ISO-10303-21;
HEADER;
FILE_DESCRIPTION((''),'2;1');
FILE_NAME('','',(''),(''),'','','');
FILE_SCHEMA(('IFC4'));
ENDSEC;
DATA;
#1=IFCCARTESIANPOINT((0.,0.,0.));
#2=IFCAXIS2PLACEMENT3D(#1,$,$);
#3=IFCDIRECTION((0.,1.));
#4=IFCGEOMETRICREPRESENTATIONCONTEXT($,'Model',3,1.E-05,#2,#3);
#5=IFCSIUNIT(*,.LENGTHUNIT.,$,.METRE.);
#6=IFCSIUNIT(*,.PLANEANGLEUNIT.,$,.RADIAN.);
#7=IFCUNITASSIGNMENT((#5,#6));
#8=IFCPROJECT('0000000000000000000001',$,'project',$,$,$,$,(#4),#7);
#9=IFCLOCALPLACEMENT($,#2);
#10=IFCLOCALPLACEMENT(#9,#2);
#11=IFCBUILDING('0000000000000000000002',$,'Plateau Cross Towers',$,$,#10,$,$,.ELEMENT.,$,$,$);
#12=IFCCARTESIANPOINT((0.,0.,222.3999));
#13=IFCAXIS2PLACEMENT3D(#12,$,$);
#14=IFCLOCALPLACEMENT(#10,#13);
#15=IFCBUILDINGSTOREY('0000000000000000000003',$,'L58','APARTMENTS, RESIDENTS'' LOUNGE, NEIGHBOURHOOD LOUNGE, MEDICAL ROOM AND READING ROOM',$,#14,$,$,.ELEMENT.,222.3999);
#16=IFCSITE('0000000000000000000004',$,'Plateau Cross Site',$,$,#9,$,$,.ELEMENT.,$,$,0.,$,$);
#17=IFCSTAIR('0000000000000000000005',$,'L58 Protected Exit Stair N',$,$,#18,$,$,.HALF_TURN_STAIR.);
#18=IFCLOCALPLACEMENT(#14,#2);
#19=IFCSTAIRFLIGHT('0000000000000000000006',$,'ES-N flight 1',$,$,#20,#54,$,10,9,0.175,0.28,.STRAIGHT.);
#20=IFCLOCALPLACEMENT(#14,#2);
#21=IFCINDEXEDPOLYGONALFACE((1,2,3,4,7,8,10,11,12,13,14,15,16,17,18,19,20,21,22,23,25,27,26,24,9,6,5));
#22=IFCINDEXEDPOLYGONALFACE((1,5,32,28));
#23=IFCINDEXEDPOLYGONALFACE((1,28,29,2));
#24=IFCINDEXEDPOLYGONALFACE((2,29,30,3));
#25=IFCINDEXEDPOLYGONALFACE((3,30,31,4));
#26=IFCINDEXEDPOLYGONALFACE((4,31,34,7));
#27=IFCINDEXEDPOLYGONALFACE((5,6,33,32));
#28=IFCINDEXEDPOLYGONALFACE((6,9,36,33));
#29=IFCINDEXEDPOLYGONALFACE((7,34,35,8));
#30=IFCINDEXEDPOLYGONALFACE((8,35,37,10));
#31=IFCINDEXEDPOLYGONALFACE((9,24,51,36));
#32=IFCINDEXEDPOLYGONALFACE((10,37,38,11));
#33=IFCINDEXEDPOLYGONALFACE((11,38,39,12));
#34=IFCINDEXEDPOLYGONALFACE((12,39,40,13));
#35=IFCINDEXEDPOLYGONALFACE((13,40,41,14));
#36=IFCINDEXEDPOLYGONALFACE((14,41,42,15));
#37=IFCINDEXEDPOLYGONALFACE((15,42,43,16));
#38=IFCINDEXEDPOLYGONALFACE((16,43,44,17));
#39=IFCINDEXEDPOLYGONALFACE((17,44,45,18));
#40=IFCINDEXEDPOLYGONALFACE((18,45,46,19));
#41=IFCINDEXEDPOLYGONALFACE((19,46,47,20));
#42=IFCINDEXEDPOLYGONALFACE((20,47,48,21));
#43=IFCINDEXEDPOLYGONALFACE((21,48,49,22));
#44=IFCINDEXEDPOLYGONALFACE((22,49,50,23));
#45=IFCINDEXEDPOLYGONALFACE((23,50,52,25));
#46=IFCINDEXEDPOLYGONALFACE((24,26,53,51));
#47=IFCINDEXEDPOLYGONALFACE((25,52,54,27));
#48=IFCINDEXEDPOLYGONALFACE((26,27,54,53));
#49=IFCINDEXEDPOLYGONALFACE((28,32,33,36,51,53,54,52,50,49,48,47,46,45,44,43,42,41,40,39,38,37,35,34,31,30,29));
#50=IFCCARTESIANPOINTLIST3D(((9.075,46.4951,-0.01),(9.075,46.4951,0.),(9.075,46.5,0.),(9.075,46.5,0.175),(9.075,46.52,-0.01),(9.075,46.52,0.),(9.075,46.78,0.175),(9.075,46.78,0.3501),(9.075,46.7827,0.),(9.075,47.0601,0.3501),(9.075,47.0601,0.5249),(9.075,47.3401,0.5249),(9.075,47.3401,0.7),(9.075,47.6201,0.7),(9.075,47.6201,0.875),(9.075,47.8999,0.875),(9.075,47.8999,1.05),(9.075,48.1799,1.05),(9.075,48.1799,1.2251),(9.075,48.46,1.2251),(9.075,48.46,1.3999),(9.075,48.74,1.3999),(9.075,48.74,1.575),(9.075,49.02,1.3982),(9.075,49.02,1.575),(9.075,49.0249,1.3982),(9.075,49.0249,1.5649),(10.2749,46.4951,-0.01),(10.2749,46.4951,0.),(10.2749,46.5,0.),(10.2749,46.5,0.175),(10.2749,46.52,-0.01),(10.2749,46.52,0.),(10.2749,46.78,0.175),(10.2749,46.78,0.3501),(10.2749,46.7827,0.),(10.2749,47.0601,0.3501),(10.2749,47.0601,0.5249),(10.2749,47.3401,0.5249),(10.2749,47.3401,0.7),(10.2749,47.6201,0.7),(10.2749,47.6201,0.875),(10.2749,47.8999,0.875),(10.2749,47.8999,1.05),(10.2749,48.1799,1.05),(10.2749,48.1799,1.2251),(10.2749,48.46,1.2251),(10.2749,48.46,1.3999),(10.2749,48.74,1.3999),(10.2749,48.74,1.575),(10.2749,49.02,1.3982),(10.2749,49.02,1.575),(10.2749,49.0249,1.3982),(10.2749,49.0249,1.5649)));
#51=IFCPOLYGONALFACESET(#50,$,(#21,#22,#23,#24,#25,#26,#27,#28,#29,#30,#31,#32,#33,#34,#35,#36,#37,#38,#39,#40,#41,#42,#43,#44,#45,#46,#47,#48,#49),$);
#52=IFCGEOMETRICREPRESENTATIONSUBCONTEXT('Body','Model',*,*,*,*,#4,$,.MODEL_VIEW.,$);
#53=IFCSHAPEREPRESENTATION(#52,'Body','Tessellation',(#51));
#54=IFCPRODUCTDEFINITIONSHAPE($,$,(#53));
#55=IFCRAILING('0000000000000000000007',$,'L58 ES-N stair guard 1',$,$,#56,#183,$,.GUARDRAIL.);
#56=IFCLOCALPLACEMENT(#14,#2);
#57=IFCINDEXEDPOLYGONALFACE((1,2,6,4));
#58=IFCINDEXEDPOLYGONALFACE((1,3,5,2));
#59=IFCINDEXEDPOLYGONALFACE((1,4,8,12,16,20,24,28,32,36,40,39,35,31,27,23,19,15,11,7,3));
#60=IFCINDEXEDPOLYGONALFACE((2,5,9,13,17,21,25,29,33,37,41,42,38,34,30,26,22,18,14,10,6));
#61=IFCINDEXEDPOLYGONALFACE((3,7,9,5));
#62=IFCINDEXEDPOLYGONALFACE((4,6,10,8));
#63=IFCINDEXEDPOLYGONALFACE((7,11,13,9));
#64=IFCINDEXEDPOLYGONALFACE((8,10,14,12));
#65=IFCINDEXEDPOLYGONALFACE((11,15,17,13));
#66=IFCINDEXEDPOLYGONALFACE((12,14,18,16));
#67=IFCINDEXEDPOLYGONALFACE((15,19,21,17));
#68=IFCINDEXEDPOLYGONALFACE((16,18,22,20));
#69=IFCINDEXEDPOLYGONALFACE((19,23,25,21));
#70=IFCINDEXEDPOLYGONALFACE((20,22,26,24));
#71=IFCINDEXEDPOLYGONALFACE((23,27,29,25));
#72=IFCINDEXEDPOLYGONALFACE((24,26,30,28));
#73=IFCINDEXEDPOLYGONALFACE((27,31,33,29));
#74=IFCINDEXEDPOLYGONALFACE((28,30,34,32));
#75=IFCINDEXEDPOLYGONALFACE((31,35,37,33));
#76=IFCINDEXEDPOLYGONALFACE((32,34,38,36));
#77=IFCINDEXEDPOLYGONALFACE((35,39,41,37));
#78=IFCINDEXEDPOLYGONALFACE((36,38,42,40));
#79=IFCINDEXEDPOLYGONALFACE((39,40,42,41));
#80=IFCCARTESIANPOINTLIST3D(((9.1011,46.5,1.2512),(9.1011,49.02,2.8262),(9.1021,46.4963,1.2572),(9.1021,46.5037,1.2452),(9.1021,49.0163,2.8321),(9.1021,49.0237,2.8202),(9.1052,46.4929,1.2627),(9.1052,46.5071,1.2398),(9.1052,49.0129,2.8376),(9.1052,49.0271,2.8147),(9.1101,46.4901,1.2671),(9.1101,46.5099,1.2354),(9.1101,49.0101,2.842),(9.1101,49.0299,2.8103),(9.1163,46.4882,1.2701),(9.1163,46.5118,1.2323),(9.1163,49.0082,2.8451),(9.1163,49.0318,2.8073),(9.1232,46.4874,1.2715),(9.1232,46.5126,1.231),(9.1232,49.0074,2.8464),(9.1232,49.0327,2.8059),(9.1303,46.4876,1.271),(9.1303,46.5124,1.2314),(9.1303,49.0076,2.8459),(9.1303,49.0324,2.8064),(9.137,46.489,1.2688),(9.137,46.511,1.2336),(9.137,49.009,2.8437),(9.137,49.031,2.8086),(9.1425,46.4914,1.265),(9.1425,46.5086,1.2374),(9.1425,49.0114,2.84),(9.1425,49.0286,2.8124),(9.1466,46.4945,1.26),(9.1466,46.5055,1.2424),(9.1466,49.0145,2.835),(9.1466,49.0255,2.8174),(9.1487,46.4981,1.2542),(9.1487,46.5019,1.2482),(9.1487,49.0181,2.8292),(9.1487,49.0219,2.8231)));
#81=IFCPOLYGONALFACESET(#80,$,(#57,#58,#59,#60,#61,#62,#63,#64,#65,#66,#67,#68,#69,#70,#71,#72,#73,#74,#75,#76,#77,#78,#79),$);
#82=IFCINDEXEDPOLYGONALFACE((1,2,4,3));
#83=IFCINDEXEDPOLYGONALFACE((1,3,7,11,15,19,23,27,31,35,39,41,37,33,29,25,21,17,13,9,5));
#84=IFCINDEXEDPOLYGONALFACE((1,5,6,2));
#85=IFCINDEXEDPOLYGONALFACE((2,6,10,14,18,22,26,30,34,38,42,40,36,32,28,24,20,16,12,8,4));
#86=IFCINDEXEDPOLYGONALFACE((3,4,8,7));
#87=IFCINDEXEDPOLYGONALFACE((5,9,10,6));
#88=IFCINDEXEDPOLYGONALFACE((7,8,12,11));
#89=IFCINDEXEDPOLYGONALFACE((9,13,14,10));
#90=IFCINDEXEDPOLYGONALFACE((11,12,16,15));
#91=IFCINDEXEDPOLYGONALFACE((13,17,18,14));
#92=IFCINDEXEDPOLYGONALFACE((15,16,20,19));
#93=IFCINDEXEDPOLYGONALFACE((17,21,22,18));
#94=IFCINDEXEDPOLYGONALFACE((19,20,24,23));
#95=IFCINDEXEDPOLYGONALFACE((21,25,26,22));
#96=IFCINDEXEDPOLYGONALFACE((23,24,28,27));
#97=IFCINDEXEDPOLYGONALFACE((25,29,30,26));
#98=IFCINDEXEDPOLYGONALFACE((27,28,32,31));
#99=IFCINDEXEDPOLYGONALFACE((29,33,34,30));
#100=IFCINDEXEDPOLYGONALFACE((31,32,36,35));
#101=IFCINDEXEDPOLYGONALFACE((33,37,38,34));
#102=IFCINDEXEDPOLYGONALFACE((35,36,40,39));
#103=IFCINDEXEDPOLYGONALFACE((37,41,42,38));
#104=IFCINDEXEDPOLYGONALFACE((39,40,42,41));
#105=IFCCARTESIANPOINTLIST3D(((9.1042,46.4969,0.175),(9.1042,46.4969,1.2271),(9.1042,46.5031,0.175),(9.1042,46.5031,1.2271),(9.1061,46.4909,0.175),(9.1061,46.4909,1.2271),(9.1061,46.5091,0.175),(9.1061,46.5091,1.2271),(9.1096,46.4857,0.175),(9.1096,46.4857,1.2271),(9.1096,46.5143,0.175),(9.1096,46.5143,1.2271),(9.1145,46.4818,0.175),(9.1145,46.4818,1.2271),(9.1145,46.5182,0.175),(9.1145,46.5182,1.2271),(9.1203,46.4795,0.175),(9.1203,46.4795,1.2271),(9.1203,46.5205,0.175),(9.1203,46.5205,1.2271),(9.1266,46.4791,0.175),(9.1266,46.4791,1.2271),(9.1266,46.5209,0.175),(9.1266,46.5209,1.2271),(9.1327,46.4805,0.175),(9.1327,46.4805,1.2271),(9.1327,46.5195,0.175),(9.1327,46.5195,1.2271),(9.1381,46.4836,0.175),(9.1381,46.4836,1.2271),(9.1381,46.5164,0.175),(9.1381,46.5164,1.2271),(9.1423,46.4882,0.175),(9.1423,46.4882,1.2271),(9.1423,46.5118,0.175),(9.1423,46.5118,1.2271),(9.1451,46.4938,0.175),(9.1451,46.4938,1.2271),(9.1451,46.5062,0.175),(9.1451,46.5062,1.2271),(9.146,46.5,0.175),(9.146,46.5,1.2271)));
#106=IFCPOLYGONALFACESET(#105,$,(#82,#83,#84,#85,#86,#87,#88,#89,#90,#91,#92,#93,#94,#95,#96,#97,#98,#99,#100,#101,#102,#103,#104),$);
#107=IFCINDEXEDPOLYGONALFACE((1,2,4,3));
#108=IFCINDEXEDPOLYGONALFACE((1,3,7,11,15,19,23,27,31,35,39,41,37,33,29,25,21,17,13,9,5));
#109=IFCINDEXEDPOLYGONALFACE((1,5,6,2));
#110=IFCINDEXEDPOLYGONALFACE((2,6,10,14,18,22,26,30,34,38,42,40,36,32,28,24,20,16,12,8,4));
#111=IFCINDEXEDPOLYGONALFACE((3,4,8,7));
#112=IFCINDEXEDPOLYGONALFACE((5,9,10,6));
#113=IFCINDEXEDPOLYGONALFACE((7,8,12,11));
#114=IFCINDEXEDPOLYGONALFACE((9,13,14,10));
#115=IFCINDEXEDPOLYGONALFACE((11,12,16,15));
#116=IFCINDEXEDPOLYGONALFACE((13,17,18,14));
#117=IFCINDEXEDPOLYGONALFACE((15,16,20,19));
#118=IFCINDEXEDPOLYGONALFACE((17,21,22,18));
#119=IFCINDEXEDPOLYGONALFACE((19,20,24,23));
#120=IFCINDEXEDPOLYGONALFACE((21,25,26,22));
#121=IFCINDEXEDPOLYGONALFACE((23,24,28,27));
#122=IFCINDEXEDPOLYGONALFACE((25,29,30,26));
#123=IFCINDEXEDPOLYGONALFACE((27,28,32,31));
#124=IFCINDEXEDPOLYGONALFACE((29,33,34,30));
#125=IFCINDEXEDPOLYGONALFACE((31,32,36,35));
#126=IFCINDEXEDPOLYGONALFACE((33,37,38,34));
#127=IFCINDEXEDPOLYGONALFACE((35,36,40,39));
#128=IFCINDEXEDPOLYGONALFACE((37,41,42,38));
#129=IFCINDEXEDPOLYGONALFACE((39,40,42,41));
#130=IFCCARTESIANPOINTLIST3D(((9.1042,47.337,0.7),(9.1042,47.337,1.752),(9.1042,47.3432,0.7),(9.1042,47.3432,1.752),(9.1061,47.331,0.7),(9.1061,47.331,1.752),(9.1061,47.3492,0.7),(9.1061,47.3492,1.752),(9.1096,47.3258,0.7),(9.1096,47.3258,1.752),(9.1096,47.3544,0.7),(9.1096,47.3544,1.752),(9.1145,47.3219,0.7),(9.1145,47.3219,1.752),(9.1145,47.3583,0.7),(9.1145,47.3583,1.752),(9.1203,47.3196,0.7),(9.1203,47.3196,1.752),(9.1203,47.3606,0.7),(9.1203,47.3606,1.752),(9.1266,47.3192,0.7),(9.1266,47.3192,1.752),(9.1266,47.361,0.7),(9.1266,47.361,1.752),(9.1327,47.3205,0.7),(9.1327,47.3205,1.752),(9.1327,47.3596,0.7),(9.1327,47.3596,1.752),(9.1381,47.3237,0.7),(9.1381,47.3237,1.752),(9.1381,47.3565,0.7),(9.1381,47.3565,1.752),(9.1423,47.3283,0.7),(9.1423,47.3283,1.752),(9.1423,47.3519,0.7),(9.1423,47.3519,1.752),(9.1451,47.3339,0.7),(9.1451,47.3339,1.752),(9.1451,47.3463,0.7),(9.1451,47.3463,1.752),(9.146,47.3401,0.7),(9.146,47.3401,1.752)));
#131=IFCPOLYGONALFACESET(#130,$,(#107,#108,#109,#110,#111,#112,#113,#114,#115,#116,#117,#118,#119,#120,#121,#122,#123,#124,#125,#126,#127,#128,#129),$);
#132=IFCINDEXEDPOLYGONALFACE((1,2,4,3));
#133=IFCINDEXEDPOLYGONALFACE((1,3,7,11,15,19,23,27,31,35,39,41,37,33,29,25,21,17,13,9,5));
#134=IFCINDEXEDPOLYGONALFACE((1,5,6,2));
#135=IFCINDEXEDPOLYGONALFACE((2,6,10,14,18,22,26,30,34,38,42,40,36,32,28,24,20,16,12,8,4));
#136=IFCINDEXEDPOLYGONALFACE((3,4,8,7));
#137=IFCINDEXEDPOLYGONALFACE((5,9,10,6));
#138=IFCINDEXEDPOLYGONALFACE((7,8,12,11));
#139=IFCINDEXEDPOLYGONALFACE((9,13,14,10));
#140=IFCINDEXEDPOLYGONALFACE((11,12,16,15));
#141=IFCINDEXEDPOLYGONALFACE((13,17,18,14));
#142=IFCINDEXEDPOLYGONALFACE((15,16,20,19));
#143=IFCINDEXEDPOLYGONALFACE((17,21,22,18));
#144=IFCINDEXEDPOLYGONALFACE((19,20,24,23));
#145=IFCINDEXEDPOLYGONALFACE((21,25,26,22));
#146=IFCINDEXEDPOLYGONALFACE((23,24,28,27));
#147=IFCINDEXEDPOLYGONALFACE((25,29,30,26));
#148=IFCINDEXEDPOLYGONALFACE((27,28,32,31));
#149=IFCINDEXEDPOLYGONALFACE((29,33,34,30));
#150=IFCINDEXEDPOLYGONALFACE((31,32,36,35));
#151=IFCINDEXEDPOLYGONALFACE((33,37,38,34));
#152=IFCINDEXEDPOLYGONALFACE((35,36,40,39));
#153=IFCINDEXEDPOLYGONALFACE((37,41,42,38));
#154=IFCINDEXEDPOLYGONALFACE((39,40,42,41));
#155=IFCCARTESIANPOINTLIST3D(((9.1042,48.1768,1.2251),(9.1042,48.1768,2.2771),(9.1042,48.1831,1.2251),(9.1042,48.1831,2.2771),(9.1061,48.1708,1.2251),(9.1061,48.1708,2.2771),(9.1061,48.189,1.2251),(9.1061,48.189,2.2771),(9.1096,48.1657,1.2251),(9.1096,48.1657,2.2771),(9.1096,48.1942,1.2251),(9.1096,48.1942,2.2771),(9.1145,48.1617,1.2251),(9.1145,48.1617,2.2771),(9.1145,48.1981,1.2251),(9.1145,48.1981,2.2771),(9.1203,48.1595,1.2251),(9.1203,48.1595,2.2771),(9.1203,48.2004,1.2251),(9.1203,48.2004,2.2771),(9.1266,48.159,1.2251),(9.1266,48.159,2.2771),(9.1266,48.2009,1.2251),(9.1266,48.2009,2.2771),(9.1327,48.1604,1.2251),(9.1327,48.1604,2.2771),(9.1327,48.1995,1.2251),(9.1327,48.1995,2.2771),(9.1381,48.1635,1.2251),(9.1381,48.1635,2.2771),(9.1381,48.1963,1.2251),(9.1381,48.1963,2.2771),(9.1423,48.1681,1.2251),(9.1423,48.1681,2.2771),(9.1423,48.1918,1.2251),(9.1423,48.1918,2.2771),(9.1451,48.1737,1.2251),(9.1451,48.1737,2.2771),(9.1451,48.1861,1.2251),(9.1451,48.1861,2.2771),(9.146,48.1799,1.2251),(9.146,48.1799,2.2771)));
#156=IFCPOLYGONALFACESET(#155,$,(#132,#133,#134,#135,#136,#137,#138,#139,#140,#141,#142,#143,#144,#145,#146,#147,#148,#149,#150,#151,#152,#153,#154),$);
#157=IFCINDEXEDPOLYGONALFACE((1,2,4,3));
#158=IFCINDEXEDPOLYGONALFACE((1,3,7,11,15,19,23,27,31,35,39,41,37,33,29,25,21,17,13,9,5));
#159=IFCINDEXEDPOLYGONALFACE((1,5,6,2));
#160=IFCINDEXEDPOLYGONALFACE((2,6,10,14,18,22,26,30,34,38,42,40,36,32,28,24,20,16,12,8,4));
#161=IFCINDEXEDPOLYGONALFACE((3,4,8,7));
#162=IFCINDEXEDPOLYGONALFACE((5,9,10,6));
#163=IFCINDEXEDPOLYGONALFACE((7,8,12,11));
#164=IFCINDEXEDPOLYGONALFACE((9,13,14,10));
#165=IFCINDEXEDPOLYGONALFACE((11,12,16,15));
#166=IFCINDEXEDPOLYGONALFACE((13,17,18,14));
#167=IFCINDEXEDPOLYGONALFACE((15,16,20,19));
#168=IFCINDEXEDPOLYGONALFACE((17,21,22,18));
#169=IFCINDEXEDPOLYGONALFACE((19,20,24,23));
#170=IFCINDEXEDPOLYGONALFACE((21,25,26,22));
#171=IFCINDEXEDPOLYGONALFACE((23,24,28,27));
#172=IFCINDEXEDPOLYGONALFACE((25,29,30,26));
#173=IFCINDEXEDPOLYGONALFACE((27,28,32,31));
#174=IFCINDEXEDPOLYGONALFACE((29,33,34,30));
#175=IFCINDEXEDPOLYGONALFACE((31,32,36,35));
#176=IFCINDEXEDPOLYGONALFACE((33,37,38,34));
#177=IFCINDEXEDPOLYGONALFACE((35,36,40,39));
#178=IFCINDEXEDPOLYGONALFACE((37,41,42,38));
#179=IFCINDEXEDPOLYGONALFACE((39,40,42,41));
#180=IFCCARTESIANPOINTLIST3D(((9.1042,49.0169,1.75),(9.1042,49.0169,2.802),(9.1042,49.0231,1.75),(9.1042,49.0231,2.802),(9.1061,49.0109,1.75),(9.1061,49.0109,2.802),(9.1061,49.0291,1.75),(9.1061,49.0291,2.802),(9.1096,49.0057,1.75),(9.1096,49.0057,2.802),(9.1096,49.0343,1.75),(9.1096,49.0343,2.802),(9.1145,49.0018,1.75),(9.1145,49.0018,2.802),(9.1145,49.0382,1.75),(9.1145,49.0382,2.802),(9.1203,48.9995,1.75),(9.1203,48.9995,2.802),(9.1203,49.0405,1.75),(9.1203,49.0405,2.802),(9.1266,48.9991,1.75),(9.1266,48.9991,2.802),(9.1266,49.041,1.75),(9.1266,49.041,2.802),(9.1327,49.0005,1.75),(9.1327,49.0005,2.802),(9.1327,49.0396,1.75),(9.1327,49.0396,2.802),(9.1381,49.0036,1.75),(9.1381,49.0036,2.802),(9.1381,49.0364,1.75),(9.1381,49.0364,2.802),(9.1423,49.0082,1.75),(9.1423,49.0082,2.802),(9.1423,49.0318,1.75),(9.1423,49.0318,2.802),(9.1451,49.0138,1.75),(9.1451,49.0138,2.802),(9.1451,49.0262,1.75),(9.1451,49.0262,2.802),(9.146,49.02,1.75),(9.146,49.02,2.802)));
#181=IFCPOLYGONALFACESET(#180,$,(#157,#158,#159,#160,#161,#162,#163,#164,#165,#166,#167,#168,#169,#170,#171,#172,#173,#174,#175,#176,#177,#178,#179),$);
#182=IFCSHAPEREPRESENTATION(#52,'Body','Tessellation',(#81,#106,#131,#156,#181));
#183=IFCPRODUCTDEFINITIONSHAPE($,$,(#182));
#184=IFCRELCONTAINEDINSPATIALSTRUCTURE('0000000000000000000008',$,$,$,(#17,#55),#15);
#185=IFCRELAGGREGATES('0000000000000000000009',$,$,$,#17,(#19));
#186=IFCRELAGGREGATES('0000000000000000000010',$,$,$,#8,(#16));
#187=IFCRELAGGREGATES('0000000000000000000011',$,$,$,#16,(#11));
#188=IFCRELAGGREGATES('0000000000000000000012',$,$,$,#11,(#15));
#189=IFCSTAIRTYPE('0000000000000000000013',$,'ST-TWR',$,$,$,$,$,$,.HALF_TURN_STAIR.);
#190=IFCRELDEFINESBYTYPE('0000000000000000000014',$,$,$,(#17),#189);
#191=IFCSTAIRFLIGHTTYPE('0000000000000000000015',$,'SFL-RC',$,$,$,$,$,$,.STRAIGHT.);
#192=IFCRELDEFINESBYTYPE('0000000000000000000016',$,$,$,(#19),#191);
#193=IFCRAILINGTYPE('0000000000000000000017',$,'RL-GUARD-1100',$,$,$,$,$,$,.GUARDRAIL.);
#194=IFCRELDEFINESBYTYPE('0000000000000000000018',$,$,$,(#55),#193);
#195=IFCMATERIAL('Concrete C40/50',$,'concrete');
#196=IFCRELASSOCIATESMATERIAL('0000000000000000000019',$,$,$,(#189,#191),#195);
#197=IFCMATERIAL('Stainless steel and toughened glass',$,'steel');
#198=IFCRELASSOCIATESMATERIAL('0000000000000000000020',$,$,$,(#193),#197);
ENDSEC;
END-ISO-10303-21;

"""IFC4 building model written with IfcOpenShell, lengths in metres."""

from ifc_helpers import new_model, si_unit, direction, frame, origin, origin_2d, place, context, subcontext, project, spatial, polyline, circle, outline, extrude, material, type_object, element, aggregate, save


model = new_model("IFC4")

# Units and contexts
model_context = context("Model", 3, precision=1e-05, world=origin(), true_north=direction((0.0, 1.0)))
body_context = subcontext(model_context, "Body", "Model", "MODEL_VIEW")
ifc_project = project(units=[si_unit("LENGTHUNIT", "METRE"), si_unit("PLANEANGLEUNIT", "RADIAN")], contexts=[model_context])

# Site, building, storey
site_placement = place(None, origin())
site = spatial("IfcSite", under=ifc_project, at=site_placement, Name="Plateau Cross Site", CompositionType="ELEMENT", RefElevation=0.0)
building_placement = place(site_placement, origin())
building = spatial("IfcBuilding", under=site, at=building_placement, Name="Plateau Cross Towers", CompositionType="ELEMENT")
storey_placement = place(building_placement, frame((0.0, 0.0, 222.3999)))
storey = spatial("IfcBuildingStorey", under=building, at=storey_placement, Name="L58", Description="APARTMENTS, RESIDENTS' LOUNGE, NEIGHBOURHOOD LOUNGE, MEDICAL ROOM AND READING ROOM", CompositionType="ELEMENT", Elevation=222.3999)

# Stair, stair flight
ifc_material_1 = material(Name="Concrete C40/50", Category="concrete")
stair_type = type_object("IfcStairType", Name="ST-TWR", PredefinedType="HALF_TURN_STAIR", material=ifc_material_1)
stair_placement = place(storey_placement, origin())
stair = element("IfcStair", 1, at=stair_placement, inside=storey, type_object=stair_type, Name="L58 Protected Exit Stair N", PredefinedType="HALF_TURN_STAIR")
stair_flight_type = type_object("IfcStairFlightType", Name="SFL-RC", PredefinedType="STRAIGHT", material=ifc_material_1)
stair_flight_placement = place(storey_placement, frame((9.675, 46.5, 0.0), z_axis=(0.0, 0.0, 1.0), x_axis=(0.0, 1.0, 0.0)))
stair_flight = element("IfcStairFlight", 2, at=stair_flight_placement, type_object=stair_flight_type, Name="ES-N flight 1", NumberOfRisers=10, NumberOfTreads=9, PredefinedType="STRAIGHT", RiserHeight=0.175, TreadLength=0.28, context=body_context, shape_type="SweptSolid", body=[
    extrude(outline(polyline([(-0.0049, -0.01), (-0.0049, 0.0), (0.0, 0.0), (0.0, 0.175), (0.28, 0.175), (0.28, 0.3501), (0.5601, 0.3501), (0.5601, 0.5249), (0.8401, 0.5249), (0.8401, 0.7), (1.1201, 0.7), (1.1201, 0.875), (1.3999, 0.875), (1.3999, 1.05), (1.6799, 1.05), (1.6799, 1.2251), (1.96, 1.2251), (1.96, 1.3999), (2.24, 1.3999), (2.24, 1.575), (2.52, 1.575), (2.5249, 1.5649), (2.5249, 1.3982), (2.52, 1.3982), (0.2827, 0.0), (0.02, 0.0), (0.02, -0.01), (-0.0049, -0.01)])), frame((0.0, 0.6001, 0.0), z_axis=(0.0, -1.0, 0.0), x_axis=(1.0, 0.0, 0.0)), (0.0, 0.0, 1.0), 1.2),
])
aggregate(stair, [stair_flight])

# Railing
ifc_material_2 = material(Name="Stainless steel and toughened glass", Category="steel")
railing_type_1 = type_object("IfcRailingType", Name="RL-GUARD-1100", PredefinedType="GUARDRAIL", material=ifc_material_2)
railing_1_placement = place(storey_placement, frame((9.125, 46.5, 0.175)))
element("IfcRailing", 3, at=railing_1_placement, inside=storey, type_object=railing_type_1, Name="L58 ES-N stair guard 1", PredefinedType="GUARDRAIL", context=body_context, shape_type="SweptSolid", body=[
    extrude(circle(Radius=0.0239, at=origin_2d()), frame((0.0, 0.0, 1.0762), z_axis=(0.0, 0.848008, 0.529984), x_axis=(-1.0, 0.0, 0.0)), (0.0, 0.0, 1.0), 2.9717),
    extrude(circle(Radius=0.021, at=origin_2d()), origin(), (0.0, 0.0, 1.0), 1.052),
    extrude(circle(Radius=0.021, at=origin_2d()), frame((0.0, 0.8401, 0.5249)), (0.0, 0.0, 1.0), 1.052),
    extrude(circle(Radius=0.021, at=origin_2d()), frame((0.0, 1.6799, 1.05)), (0.0, 0.0, 1.0), 1.052),
    extrude(circle(Radius=0.021, at=origin_2d()), frame((0.0, 2.52, 1.575)), (0.0, 0.0, 1.0), 1.052),
])

save(model, "model.ifc")
